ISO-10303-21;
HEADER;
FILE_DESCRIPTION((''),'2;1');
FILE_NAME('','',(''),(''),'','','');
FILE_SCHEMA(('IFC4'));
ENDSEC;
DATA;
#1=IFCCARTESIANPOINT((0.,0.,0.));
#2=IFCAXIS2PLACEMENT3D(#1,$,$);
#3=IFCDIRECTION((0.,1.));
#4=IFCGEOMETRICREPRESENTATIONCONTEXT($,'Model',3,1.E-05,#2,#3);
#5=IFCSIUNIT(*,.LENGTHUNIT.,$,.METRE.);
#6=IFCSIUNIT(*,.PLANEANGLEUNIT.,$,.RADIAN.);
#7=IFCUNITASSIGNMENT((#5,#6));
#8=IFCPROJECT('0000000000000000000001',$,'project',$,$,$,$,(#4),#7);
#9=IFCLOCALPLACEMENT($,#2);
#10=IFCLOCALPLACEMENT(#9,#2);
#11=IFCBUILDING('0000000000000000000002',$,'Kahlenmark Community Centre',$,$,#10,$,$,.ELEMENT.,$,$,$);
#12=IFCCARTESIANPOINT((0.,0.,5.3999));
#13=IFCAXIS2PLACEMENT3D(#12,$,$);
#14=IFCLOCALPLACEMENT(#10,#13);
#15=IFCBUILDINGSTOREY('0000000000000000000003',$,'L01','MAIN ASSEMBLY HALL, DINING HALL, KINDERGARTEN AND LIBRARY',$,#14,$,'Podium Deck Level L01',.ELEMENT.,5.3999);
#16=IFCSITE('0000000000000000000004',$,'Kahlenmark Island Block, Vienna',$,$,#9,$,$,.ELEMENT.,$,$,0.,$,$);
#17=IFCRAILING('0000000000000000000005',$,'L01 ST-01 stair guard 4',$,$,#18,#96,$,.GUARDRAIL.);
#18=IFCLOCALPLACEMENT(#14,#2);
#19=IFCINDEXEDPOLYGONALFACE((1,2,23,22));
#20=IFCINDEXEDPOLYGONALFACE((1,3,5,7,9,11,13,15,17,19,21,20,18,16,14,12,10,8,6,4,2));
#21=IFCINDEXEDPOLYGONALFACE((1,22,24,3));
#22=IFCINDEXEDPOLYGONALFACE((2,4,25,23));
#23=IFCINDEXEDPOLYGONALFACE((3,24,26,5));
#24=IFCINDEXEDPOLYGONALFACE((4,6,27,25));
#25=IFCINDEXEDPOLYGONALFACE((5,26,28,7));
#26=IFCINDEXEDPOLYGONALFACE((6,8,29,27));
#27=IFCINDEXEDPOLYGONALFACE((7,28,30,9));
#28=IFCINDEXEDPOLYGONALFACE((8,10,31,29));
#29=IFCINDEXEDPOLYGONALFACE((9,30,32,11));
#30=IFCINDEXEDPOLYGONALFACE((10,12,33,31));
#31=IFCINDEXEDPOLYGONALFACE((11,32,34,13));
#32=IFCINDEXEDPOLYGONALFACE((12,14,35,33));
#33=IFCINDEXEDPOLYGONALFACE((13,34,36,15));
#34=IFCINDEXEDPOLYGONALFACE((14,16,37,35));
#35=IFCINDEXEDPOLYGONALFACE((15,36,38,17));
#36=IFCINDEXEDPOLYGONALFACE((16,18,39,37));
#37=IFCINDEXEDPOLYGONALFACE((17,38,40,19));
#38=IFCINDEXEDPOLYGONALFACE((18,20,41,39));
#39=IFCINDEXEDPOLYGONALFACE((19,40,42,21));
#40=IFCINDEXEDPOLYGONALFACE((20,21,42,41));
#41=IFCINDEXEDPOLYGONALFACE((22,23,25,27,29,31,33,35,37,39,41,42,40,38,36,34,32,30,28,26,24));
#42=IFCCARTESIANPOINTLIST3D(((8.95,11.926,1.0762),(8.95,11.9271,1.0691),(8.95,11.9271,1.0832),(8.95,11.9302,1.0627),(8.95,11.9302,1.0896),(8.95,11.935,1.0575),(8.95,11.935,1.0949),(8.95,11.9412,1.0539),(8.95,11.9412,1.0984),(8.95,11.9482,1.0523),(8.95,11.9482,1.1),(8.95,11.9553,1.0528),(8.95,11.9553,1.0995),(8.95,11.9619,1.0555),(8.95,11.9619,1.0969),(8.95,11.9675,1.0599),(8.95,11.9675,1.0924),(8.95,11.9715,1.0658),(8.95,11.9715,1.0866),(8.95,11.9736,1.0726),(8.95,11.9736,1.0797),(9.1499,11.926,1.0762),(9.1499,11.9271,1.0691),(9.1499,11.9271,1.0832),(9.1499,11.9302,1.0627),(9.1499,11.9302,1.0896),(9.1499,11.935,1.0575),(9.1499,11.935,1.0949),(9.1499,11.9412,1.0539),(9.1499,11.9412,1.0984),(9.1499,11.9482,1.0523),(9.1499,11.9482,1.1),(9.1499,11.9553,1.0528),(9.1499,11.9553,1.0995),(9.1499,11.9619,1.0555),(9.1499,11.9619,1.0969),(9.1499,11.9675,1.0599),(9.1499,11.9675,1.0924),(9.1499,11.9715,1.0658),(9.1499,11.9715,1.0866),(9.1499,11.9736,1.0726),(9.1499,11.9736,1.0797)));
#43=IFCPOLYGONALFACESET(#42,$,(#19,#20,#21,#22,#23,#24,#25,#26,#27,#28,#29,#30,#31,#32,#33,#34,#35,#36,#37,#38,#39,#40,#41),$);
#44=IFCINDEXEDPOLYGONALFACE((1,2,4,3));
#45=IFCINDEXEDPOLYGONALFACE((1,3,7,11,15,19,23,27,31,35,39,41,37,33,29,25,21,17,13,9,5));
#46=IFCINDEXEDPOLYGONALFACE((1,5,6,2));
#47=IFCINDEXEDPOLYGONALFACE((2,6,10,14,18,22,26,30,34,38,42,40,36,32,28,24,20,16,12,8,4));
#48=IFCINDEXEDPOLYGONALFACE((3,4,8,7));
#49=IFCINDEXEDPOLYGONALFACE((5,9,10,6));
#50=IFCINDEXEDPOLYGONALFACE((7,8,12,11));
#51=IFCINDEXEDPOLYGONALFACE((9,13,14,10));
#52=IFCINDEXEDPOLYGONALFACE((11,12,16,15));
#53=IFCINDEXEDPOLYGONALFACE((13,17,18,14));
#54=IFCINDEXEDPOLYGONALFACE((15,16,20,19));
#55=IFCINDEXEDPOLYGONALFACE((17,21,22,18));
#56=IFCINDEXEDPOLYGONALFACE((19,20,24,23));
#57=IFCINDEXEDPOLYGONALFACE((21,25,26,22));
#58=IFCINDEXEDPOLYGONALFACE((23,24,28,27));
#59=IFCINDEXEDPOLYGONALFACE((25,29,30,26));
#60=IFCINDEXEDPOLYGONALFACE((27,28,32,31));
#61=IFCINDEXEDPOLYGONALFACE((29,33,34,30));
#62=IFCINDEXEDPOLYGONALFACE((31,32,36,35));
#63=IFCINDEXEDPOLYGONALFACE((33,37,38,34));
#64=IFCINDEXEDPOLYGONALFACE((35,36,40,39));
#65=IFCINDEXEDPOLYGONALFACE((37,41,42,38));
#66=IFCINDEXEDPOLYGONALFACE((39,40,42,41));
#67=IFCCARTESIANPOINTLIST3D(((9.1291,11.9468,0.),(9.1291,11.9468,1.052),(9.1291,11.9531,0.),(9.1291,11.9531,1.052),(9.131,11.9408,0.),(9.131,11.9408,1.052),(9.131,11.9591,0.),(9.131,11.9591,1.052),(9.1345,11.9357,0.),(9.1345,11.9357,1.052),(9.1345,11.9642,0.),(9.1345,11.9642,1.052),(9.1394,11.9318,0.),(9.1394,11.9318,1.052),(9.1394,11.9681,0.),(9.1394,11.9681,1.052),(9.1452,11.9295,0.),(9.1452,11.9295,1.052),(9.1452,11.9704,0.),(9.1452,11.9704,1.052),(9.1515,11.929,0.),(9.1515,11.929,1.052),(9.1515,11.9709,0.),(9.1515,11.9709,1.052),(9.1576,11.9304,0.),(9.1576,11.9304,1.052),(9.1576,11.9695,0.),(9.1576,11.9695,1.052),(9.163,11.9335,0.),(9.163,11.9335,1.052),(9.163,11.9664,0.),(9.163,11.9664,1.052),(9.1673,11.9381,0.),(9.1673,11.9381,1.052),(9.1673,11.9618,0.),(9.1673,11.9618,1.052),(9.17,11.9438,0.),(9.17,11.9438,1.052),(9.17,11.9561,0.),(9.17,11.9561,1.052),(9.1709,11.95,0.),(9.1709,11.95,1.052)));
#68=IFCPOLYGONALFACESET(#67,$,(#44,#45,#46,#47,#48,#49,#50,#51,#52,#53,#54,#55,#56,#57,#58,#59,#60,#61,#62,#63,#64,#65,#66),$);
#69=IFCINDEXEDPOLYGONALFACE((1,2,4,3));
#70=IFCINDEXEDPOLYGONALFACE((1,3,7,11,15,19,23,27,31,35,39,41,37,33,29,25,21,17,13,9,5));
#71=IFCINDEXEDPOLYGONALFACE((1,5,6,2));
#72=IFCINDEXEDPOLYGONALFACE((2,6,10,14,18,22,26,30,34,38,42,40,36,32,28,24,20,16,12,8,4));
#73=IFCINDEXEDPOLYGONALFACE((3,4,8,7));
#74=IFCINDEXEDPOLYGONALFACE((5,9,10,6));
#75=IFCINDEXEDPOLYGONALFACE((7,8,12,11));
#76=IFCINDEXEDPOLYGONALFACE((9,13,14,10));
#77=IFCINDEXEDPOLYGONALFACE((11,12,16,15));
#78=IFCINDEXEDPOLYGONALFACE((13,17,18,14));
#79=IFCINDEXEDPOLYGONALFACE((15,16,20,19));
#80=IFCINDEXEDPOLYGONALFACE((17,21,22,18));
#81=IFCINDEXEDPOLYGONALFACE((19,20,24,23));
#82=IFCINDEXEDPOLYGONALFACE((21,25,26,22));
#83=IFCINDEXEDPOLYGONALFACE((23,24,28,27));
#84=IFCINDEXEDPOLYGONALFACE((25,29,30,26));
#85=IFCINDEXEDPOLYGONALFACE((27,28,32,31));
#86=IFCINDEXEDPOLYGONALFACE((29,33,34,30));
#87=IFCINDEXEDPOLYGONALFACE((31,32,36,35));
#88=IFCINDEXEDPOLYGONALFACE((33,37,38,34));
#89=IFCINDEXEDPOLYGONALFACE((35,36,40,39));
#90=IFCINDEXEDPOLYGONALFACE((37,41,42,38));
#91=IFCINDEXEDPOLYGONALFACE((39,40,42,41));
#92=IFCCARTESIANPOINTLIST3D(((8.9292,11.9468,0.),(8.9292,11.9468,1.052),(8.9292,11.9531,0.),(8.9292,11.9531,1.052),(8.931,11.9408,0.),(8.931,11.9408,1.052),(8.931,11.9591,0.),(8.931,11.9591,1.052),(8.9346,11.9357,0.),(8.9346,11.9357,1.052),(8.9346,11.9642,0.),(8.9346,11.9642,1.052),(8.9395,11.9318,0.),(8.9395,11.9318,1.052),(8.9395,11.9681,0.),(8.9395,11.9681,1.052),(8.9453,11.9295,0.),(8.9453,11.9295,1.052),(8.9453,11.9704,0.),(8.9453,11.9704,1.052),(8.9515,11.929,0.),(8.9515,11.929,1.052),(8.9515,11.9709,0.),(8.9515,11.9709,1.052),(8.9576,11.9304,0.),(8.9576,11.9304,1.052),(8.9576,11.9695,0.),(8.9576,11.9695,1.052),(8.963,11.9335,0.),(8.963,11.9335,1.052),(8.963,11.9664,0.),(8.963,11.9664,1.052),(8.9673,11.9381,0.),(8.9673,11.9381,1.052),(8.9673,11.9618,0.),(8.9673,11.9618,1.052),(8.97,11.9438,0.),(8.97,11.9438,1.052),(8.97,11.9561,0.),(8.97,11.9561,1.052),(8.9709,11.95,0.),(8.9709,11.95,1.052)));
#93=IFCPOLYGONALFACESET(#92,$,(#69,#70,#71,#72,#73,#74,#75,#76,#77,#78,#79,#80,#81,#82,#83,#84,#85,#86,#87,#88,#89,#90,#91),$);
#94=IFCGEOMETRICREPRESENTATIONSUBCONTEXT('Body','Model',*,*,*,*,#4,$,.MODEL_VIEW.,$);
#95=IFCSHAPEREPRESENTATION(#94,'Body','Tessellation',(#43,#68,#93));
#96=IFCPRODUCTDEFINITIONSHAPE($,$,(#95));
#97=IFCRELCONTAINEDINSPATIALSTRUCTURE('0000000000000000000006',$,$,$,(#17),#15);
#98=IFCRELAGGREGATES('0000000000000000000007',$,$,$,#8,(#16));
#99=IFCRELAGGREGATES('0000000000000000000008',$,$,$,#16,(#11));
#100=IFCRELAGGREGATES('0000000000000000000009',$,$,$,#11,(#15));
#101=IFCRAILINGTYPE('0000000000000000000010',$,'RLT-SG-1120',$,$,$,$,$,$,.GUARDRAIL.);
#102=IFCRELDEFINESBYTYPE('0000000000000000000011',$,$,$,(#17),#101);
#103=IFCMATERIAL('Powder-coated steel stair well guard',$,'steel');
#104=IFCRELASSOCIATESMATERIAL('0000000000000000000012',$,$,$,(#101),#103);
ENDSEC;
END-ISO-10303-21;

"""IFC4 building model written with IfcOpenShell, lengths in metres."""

from ifc_helpers import new_model, si_unit, direction, frame, origin, origin_2d, place, context, subcontext, project, spatial, circle, extrude, material, type_object, element, save


model = new_model("IFC4")

# Units and contexts
model_context = context("Model", 3, precision=1e-05, world=origin(), true_north=direction((0.0, 1.0)))
body_context = subcontext(model_context, "Body", "Model", "MODEL_VIEW")
ifc_project = project(units=[si_unit("LENGTHUNIT", "METRE"), si_unit("PLANEANGLEUNIT", "RADIAN")], contexts=[model_context])

# Site, building, storey
site_placement = place(None, origin())
site = spatial("IfcSite", under=ifc_project, at=site_placement, Name="Kahlenmark Island Block, Vienna", CompositionType="ELEMENT", RefElevation=0.0)
building_placement = place(site_placement, origin())
building = spatial("IfcBuilding", under=site, at=building_placement, Name="Kahlenmark Community Centre", CompositionType="ELEMENT")
storey_placement = place(building_placement, frame((0.0, 0.0, 5.3999)))
storey = spatial("IfcBuildingStorey", under=building, at=storey_placement, Name="L01", Description="MAIN ASSEMBLY HALL, DINING HALL, KINDERGARTEN AND LIBRARY", LongName="Podium Deck Level L01", CompositionType="ELEMENT", Elevation=5.3999)

# Railing
ifc_material_1 = material(Name="Powder-coated steel stair well guard", Category="steel")
railing_type_1 = type_object("IfcRailingType", Name="RLT-SG-1120", PredefinedType="GUARDRAIL", material=ifc_material_1)
railing_1_placement = place(storey_placement, frame((9.1499, 11.95, 0.0)))
element("IfcRailing", 1, at=railing_1_placement, inside=storey, type_object=railing_type_1, Name="L01 ST-01 stair guard 4", PredefinedType="GUARDRAIL", context=body_context, shape_type="SweptSolid", body=[
    extrude(circle(Radius=0.0239, at=origin_2d()), frame((0.0, 0.0, 1.0762), z_axis=(-1.0, 0.0, 0.0), x_axis=(0.0, -1.0, 0.0)), (0.0, 0.0, 1.0), 0.2),
    extrude(circle(Radius=0.021, at=origin_2d()), origin(), (0.0, 0.0, 1.0), 1.052),
    extrude(circle(Radius=0.021, at=origin_2d()), frame((-0.2, 0.0, 0.0)), (0.0, 0.0, 1.0), 1.052),
])

save(model, "model.ifc")
